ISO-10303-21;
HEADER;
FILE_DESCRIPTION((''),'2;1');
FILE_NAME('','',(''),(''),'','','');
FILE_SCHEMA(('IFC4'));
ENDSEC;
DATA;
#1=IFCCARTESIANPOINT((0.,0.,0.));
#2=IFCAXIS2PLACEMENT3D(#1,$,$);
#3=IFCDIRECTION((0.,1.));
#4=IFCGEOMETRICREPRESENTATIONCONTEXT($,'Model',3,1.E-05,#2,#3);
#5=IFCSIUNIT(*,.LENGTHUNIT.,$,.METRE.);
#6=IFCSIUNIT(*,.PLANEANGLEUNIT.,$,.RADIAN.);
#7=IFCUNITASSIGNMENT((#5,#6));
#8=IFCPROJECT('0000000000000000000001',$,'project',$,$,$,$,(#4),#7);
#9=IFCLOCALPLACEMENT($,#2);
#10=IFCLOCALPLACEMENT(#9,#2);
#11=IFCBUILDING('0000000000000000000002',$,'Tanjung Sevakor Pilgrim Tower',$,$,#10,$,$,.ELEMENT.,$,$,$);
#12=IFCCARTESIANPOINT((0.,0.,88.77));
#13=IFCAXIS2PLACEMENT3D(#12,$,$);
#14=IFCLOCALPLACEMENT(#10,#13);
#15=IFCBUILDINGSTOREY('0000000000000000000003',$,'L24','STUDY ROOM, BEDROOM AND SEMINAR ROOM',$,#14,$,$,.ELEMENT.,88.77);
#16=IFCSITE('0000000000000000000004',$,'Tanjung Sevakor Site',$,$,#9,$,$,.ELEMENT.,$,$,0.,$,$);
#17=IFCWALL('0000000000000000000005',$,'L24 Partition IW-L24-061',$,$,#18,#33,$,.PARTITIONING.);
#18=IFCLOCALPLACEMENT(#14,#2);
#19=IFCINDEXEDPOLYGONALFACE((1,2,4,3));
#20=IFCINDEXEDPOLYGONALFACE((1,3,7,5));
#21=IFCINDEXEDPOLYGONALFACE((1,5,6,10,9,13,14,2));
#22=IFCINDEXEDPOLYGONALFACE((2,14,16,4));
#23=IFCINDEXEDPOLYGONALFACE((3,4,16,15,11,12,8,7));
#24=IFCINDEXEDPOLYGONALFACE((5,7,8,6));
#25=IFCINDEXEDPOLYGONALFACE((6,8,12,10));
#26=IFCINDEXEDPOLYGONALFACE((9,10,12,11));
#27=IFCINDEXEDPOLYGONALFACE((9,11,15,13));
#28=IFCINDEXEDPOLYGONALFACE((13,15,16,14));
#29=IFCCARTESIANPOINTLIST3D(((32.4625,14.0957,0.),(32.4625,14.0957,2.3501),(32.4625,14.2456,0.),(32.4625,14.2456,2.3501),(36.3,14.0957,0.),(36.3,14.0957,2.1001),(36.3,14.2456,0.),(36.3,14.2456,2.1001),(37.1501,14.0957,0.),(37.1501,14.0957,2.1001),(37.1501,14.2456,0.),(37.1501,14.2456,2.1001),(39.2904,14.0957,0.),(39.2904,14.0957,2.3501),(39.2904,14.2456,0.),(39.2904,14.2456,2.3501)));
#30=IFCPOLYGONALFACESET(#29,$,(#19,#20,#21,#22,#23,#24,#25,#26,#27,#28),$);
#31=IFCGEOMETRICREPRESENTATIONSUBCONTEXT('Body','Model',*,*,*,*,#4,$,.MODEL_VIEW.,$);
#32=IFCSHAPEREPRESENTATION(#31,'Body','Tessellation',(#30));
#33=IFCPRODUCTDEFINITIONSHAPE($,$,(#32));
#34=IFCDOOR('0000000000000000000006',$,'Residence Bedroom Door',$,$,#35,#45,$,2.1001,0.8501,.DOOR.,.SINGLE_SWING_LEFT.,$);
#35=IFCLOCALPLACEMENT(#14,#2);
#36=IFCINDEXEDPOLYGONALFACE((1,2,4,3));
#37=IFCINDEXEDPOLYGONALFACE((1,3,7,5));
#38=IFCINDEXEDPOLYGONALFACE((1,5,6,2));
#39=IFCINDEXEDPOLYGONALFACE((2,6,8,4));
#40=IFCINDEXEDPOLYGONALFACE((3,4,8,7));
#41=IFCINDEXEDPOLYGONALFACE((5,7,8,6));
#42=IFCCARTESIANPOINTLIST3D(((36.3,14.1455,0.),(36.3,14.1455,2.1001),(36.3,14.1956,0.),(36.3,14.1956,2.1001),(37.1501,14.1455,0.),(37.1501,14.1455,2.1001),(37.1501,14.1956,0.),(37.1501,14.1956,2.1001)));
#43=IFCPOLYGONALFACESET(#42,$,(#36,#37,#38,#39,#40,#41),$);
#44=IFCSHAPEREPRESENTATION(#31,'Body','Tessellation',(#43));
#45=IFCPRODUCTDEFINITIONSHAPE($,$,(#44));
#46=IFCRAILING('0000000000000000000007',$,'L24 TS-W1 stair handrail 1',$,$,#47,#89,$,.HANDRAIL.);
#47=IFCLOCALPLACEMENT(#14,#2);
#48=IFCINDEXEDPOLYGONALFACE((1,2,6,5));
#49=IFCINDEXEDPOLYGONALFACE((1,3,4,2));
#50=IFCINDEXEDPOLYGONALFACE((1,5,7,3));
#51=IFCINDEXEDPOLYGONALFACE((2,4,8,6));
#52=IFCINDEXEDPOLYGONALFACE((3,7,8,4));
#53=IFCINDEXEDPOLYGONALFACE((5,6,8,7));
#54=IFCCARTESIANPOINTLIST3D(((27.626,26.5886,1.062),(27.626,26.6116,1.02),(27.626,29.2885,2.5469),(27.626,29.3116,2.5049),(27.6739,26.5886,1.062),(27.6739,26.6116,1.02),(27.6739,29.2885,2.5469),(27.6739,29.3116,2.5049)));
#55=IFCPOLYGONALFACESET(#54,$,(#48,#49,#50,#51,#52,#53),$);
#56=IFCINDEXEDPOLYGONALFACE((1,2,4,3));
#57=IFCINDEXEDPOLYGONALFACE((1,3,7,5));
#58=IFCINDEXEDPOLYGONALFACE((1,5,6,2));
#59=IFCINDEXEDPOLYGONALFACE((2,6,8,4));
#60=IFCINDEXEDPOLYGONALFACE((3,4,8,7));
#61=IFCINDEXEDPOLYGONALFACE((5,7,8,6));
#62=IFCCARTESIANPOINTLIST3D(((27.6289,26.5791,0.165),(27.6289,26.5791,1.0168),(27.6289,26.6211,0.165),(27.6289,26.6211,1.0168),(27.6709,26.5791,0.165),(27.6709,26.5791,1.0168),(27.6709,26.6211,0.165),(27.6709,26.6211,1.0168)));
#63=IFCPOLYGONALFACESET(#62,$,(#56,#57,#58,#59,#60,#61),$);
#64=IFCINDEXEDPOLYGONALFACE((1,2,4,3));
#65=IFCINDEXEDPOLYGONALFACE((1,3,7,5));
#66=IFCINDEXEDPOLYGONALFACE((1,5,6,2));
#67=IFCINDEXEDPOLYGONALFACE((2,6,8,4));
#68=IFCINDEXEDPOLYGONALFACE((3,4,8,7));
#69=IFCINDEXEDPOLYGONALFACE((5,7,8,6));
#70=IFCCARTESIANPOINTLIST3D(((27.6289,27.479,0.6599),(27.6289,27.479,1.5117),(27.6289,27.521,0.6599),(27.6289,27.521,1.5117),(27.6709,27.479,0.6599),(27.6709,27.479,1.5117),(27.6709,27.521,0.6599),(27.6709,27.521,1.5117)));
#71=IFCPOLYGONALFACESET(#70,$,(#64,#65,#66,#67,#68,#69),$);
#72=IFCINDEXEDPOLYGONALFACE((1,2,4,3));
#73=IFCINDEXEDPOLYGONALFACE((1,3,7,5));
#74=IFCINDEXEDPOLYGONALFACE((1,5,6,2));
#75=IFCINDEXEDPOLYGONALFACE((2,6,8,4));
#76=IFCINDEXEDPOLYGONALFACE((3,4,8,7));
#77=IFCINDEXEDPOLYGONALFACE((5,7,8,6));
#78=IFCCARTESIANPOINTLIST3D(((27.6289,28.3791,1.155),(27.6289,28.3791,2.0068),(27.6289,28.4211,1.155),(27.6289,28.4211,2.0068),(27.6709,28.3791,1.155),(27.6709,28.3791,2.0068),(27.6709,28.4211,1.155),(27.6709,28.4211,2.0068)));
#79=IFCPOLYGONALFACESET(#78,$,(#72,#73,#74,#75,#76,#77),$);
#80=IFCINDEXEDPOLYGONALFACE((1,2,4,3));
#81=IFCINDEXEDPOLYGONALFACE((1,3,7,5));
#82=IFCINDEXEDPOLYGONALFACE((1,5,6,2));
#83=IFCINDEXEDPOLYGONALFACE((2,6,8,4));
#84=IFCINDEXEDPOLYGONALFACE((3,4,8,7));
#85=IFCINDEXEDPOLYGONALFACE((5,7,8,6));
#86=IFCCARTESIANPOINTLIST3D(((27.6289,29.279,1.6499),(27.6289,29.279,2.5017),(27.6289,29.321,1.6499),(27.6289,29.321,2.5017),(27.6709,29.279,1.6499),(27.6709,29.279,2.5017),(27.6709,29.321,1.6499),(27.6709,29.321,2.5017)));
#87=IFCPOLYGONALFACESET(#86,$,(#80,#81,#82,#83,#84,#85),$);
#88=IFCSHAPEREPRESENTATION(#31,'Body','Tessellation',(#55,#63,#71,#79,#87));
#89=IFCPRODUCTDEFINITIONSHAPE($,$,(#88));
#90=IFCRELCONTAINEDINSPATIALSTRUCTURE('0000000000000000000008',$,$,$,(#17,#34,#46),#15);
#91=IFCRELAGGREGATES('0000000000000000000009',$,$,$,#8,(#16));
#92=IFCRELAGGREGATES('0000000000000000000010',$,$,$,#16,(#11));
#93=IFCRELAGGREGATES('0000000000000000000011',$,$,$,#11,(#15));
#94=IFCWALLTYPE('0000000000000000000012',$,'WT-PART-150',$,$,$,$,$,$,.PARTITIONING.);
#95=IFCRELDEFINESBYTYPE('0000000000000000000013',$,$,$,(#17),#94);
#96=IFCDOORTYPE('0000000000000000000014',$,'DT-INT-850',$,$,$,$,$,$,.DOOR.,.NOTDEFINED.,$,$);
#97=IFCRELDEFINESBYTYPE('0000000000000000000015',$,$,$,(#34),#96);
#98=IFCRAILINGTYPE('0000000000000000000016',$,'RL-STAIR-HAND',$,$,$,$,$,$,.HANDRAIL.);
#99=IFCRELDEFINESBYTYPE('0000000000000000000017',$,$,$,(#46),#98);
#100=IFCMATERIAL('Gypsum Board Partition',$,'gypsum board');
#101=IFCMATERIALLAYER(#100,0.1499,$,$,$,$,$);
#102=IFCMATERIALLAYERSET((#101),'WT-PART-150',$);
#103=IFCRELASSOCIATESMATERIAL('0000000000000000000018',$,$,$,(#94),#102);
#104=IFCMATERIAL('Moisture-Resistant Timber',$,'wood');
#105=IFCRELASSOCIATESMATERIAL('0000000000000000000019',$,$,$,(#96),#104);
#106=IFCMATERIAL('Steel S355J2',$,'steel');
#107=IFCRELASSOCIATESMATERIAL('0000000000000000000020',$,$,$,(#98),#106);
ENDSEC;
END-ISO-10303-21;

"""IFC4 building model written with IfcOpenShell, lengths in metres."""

from ifc_helpers import new_model, si_unit, direction, frame, frame_2d, origin, place, context, subcontext, project, spatial, rectangle, extrude, material, layer, layer_set, type_object, element, fill, save


model = new_model("IFC4")

# Units and contexts
model_context = context("Model", 3, precision=1e-05, world=origin(), true_north=direction((0.0, 1.0)))
body_context = subcontext(model_context, "Body", "Model", "MODEL_VIEW")
ifc_project = project(units=[si_unit("LENGTHUNIT", "METRE"), si_unit("PLANEANGLEUNIT", "RADIAN")], contexts=[model_context])

# Site, building, storey
site_placement = place(None, origin())
site = spatial("IfcSite", under=ifc_project, at=site_placement, Name="Tanjung Sevakor Site", CompositionType="ELEMENT", RefElevation=0.0)
building_placement = place(site_placement, origin())
building = spatial("IfcBuilding", under=site, at=building_placement, Name="Tanjung Sevakor Pilgrim Tower", CompositionType="ELEMENT")
storey_placement = place(building_placement, frame((0.0, 0.0, 88.77)))
storey = spatial("IfcBuildingStorey", under=building, at=storey_placement, Name="L24", Description="STUDY ROOM, BEDROOM AND SEMINAR ROOM", CompositionType="ELEMENT", Elevation=88.77)

# Shared definitions
ifc_material_1 = material(Name="Gypsum Board Partition", Category="gypsum board")
ifc_layer_1 = layer(ifc_material_1, 0.1499)
ifc_layer_set_1 = layer_set([ifc_layer_1], Name="WT-PART-150")
wall_type_1 = type_object("IfcWallType", Name="WT-PART-150", PredefinedType="PARTITIONING", material=ifc_layer_set_1)

# Shared definitions
ifc_material_2 = material(Name="Moisture-Resistant Timber", Category="wood")
door_type_1 = type_object("IfcDoorType", Name="DT-INT-850", OperationType="NOTDEFINED", PredefinedType="DOOR", material=ifc_material_2)

# Wall, opening, door
wall_1_placement = place(storey_placement, frame((32.4624, 14.1707, 0.0), z_axis=(0.0, 0.0, 1.0), x_axis=(1.0, 0.0, 0.0)))
wall_1 = element("IfcWall", 1, at=wall_1_placement, inside=storey, type_object=wall_type_1, Name="L24 Partition IW-L24-061", PredefinedType="PARTITIONING", context=body_context, shape_type="SweptSolid", body=[
    extrude(rectangle(XDim=6.8279, YDim=0.1499, at=frame_2d((3.4141, 0.0))), origin(), (0.0, 0.0, 1.0), 2.3501),
])
opening_1_placement = place(wall_1_placement, frame((3.8376, 0.0, 0.0)))
opening_1 = element("IfcOpeningElement", 2, at=opening_1_placement, cuts=wall_1, PredefinedType="OPENING", context=body_context, shape_type="SweptSolid", body=[
    extrude(rectangle(XDim=0.8501, YDim=2.1001, at=frame_2d((0.425, 1.05))), frame((0.0, 0.085, 0.0), z_axis=(0.0, -1.0, 0.0), x_axis=(1.0, 0.0, 0.0)), (0.0, 0.0, 1.0), 0.1699),
])
door_1_placement = place(opening_1_placement, origin())
door_1 = element("IfcDoor", 3, at=door_1_placement, inside=storey, type_object=door_type_1, Name="Residence Bedroom Door", OperationType="SINGLE_SWING_LEFT", OverallHeight=2.1001, OverallWidth=0.8501, PredefinedType="DOOR", context=body_context, shape_type="SweptSolid", body=[
    extrude(rectangle(XDim=0.8501, YDim=2.1001, at=frame_2d((0.425, 1.05))), frame((0.0, 0.0249, 0.0), z_axis=(0.0, -1.0, 0.0), x_axis=(1.0, 0.0, 0.0)), (0.0, 0.0, 1.0), 0.05),
])
fill(opening_1, door_1)

# Railing
ifc_material_3 = material(Name="Steel S355J2", Category="steel")
railing_type = type_object("IfcRailingType", Name="RL-STAIR-HAND", PredefinedType="HANDRAIL", material=ifc_material_3)
railing_placement = place(storey_placement, frame((27.6499, 26.6001, 0.165)))
element("IfcRailing", 4, at=railing_placement, inside=storey, type_object=railing_type, Name="L24 TS-W1 stair handrail 1", PredefinedType="HANDRAIL", context=body_context, shape_type="SweptSolid", body=[
    extrude(rectangle(XDim=0.0479, YDim=0.0479), frame((0.0, 0.0, 0.876), z_axis=(0.0, 0.876231, 0.481891), x_axis=(-1.0, 0.0, 0.0)), (0.0, 0.0, 1.0), 3.0813),
    extrude(rectangle(XDim=0.042, YDim=0.042), origin(), (0.0, 0.0, 1.0), 0.8518),
    extrude(rectangle(XDim=0.042, YDim=0.042), frame((0.0, 0.8999, 0.4949)), (0.0, 0.0, 1.0), 0.8518),
    extrude(rectangle(XDim=0.042, YDim=0.042), frame((0.0, 1.8, 0.99)), (0.0, 0.0, 1.0), 0.8518),
    extrude(rectangle(XDim=0.042, YDim=0.042), frame((0.0, 2.7, 1.4849)), (0.0, 0.0, 1.0), 0.8518),
])

save(model, "model.ifc")
